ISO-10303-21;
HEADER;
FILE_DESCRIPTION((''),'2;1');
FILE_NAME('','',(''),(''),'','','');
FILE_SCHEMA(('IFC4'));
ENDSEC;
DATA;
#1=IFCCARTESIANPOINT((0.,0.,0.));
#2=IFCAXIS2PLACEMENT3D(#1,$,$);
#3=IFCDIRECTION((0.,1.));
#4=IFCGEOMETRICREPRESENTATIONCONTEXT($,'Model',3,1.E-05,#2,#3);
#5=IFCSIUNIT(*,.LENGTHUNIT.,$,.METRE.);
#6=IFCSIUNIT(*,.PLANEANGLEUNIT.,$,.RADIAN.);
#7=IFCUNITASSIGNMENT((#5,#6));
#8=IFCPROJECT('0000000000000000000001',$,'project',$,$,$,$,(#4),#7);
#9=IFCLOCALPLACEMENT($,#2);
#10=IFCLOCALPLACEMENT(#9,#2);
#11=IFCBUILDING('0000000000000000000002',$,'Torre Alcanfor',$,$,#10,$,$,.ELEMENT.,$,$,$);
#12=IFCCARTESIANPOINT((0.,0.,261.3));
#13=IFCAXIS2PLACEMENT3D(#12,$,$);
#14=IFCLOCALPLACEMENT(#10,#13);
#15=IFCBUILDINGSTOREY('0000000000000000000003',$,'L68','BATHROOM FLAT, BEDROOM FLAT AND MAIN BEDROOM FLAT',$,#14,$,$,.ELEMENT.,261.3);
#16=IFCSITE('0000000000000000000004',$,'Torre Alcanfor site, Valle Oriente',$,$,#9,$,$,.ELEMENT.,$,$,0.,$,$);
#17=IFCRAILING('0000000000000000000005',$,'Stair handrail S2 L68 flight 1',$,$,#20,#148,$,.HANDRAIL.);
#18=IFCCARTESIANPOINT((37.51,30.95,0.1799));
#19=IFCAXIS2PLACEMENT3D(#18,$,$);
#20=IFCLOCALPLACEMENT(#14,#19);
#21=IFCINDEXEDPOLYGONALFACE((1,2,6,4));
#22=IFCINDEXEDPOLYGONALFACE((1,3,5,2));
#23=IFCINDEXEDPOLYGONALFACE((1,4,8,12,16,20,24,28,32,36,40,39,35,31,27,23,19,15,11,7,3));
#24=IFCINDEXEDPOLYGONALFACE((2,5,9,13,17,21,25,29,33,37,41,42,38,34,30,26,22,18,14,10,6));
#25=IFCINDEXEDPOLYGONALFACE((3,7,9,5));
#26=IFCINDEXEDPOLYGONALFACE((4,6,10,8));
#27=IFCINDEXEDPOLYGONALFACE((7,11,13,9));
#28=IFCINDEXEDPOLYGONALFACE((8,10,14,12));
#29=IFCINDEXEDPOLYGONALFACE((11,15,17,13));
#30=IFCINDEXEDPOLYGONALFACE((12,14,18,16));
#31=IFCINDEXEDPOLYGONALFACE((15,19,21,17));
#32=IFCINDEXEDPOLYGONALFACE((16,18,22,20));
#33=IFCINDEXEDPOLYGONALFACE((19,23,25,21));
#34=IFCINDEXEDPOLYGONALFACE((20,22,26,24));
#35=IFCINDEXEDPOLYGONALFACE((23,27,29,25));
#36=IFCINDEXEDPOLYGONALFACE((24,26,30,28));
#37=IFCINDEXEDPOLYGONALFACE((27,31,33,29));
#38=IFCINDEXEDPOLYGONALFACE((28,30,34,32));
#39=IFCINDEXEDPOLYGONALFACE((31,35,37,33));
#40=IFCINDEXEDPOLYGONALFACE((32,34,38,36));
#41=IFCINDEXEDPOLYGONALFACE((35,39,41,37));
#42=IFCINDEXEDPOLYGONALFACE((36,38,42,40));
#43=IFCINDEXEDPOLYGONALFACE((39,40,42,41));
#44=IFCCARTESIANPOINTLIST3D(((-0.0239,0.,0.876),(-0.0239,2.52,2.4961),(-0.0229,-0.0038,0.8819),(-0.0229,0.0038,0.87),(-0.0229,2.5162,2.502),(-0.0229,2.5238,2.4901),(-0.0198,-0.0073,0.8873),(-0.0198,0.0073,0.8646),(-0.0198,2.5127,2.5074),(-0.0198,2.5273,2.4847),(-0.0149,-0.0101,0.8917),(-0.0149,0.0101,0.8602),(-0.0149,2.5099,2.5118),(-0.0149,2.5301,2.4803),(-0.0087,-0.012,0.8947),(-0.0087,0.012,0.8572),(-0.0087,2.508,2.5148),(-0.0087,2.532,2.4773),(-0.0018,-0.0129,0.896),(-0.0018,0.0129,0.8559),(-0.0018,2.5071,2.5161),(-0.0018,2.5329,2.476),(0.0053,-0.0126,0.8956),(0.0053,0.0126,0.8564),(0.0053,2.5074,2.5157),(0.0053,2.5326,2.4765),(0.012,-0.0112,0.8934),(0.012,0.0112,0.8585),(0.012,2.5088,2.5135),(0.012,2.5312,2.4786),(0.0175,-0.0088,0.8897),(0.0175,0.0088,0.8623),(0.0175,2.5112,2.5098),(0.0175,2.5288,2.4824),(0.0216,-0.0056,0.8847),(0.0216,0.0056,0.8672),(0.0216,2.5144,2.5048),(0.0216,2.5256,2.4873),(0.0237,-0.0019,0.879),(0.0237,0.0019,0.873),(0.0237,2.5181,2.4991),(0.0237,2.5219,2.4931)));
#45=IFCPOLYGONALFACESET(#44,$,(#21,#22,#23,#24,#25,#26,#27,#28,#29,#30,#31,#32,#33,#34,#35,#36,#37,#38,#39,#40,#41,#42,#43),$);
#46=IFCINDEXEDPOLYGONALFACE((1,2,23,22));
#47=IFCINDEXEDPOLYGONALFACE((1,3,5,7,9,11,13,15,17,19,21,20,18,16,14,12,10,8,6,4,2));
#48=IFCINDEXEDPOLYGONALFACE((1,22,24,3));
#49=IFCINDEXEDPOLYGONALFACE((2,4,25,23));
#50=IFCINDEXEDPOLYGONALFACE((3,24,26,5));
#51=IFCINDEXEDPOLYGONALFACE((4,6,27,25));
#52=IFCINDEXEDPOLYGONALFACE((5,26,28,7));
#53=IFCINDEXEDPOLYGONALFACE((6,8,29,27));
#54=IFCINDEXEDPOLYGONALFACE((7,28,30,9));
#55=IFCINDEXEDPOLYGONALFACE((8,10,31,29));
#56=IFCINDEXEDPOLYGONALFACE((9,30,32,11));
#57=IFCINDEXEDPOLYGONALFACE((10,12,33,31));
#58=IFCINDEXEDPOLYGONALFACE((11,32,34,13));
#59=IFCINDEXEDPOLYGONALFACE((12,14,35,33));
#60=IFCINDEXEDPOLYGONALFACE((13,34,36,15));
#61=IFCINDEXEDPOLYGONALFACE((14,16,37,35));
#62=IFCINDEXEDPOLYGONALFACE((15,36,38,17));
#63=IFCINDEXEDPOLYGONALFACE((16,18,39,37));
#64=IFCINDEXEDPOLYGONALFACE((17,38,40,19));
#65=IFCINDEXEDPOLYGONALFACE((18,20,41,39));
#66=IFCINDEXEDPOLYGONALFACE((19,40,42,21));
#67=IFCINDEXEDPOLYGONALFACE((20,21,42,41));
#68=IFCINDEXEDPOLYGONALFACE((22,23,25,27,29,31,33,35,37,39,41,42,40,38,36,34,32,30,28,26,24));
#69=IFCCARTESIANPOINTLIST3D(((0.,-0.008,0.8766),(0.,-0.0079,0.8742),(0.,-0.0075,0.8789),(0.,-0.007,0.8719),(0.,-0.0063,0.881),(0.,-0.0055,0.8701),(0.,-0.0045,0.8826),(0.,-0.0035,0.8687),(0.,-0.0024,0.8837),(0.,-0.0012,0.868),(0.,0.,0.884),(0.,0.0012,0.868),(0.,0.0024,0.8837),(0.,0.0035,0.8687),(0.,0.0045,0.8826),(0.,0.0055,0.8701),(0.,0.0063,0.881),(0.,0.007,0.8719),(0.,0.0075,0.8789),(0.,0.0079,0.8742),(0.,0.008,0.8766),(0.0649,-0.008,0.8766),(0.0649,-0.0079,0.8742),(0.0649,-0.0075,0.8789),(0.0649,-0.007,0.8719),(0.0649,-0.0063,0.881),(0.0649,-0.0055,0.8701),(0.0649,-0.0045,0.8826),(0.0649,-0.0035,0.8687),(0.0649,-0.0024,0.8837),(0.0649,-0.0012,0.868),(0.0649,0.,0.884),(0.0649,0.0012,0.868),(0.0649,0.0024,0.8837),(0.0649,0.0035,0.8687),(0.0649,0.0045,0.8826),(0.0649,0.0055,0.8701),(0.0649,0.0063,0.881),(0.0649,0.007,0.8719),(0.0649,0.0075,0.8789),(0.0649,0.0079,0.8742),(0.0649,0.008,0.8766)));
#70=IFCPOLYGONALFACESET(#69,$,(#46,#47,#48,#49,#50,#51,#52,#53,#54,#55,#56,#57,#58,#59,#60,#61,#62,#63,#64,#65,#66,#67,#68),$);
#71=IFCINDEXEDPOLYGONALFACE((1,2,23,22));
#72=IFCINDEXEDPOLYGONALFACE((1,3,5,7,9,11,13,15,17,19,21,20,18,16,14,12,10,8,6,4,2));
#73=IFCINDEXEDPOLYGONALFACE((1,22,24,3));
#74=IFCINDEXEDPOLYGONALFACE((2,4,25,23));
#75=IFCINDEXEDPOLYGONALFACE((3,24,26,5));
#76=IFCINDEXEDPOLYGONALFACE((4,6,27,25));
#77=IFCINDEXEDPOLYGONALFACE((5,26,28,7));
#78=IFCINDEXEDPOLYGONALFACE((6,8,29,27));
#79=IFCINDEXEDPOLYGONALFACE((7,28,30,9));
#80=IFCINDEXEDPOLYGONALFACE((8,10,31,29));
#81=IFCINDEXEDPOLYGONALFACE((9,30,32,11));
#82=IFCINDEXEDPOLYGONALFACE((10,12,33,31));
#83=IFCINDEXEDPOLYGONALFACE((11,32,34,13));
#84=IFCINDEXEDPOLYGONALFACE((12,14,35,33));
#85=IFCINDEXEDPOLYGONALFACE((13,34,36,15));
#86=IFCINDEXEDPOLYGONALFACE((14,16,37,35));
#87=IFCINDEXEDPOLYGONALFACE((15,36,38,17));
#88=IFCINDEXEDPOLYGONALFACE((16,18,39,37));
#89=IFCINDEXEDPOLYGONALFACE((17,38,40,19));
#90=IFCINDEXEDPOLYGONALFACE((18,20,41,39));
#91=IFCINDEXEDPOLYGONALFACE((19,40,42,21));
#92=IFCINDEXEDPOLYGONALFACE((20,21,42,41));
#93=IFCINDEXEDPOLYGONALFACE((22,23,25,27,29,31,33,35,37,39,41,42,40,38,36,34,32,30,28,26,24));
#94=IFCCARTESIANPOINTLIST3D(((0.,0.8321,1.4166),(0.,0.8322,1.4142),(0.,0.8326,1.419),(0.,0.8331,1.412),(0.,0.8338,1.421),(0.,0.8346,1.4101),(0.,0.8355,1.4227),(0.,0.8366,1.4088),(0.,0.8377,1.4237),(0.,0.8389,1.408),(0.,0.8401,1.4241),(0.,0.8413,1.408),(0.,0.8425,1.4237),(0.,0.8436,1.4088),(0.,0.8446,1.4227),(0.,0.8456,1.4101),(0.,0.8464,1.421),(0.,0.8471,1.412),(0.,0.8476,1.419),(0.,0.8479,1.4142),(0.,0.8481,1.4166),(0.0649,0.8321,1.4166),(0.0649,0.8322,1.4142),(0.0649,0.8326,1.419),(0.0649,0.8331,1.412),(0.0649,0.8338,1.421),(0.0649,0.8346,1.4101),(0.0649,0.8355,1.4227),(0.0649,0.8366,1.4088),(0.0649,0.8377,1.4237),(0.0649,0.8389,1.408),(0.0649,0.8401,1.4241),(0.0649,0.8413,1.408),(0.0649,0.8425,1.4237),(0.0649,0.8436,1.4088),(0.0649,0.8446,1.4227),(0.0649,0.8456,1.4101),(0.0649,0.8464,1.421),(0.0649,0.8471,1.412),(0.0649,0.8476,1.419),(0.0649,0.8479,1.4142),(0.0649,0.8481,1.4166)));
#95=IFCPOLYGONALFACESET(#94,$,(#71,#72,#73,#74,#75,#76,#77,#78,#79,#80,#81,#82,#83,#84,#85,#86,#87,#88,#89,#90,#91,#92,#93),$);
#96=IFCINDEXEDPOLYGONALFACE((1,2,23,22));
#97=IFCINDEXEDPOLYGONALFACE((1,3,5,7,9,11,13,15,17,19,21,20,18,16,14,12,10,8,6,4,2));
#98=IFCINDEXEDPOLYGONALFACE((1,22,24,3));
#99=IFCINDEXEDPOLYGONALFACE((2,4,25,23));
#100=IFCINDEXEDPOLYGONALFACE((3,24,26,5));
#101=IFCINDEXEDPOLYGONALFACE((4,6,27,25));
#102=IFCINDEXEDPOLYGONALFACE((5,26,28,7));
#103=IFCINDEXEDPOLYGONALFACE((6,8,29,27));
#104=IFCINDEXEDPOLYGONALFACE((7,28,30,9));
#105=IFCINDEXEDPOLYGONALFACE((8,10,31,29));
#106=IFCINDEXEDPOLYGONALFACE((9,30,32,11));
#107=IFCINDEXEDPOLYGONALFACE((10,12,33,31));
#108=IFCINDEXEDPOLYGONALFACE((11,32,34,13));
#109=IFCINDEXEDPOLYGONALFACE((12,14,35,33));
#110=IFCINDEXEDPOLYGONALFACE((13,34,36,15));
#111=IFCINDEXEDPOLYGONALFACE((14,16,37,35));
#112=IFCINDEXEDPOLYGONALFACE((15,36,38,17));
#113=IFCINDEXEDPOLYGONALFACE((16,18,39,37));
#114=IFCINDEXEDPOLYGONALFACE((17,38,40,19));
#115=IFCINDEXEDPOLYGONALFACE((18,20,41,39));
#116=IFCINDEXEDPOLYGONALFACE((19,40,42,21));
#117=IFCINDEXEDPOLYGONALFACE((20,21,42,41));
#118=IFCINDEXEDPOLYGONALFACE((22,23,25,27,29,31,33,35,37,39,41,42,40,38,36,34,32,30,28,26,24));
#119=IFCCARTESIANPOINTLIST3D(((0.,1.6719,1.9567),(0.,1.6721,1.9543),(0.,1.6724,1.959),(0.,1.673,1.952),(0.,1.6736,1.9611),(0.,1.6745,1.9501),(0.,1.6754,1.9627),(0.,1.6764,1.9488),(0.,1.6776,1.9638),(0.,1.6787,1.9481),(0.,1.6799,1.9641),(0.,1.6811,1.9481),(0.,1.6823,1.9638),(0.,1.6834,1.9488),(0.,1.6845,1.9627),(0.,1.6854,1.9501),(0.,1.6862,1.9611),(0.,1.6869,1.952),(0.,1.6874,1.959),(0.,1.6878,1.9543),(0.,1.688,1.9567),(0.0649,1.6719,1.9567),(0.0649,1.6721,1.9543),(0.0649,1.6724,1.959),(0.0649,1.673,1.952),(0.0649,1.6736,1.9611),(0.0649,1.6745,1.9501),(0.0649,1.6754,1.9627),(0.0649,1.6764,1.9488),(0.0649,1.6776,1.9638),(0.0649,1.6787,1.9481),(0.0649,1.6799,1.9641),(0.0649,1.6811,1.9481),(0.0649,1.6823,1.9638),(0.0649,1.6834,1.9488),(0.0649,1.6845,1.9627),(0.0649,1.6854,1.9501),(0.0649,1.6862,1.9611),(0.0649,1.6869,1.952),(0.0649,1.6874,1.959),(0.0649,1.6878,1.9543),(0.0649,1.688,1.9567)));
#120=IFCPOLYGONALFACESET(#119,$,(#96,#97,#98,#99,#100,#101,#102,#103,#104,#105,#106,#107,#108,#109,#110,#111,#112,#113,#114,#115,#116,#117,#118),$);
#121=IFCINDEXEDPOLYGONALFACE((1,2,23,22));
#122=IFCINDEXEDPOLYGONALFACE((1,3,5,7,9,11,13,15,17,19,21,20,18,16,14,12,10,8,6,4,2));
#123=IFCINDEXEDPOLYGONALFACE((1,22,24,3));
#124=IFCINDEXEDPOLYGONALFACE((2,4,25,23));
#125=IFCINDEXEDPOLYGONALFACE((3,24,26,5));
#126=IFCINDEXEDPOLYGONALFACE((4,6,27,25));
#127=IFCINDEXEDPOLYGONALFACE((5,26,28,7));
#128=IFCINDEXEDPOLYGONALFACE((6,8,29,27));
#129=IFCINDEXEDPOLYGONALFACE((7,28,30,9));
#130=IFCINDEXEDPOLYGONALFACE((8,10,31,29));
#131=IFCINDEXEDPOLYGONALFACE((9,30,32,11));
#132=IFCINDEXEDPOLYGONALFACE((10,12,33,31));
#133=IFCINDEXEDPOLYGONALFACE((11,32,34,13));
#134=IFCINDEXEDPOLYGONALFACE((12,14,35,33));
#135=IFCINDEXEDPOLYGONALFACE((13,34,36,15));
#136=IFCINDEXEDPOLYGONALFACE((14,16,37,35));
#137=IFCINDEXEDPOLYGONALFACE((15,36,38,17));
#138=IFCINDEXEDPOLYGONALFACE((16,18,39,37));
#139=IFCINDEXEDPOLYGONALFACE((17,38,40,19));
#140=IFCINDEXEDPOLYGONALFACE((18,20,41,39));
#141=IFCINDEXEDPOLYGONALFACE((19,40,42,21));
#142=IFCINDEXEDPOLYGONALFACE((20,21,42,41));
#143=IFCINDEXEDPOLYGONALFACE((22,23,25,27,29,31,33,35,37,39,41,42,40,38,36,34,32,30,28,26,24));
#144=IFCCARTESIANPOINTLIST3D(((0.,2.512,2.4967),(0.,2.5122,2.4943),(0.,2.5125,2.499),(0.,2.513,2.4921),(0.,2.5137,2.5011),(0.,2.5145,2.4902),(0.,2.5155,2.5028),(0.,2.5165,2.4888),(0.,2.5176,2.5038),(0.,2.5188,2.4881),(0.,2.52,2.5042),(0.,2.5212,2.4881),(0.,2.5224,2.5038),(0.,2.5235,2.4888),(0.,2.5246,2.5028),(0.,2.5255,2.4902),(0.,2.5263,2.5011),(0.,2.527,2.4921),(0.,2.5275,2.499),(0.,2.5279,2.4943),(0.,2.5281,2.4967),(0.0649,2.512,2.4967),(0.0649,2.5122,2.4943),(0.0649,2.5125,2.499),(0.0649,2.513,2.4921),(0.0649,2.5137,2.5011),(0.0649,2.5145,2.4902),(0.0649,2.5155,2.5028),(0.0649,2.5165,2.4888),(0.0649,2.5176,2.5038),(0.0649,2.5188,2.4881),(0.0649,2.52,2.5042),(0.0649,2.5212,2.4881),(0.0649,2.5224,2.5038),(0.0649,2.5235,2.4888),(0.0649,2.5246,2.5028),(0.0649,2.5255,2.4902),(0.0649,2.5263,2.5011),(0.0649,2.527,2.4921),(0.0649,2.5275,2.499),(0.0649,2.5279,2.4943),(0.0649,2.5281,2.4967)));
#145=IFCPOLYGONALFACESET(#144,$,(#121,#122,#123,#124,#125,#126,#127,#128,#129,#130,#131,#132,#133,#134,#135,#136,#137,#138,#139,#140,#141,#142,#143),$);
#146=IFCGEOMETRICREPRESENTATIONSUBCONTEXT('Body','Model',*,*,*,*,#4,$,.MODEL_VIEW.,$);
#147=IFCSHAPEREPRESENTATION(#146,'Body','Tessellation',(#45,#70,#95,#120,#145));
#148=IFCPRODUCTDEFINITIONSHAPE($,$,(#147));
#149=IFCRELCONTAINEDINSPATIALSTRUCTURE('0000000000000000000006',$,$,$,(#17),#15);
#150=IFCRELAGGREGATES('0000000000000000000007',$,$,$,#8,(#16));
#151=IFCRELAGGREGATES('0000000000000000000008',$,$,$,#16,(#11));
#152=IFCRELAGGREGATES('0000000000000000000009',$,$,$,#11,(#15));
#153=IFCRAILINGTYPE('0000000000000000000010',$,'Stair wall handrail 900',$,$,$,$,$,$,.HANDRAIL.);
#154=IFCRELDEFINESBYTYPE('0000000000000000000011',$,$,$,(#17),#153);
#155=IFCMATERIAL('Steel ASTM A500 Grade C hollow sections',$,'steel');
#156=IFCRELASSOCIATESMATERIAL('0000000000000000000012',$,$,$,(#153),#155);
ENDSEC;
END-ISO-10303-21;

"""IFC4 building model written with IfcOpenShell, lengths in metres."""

from ifc_helpers import new_model, si_unit, direction, frame, origin, origin_2d, place, context, subcontext, project, spatial, circle, extrude, material, type_object, element, save


model = new_model("IFC4")

# Units and contexts
model_context = context("Model", 3, precision=1e-05, world=origin(), true_north=direction((0.0, 1.0)))
body_context = subcontext(model_context, "Body", "Model", "MODEL_VIEW")
ifc_project = project(units=[si_unit("LENGTHUNIT", "METRE"), si_unit("PLANEANGLEUNIT", "RADIAN")], contexts=[model_context])

# Site, building, storey
site_placement = place(None, origin())
site = spatial("IfcSite", under=ifc_project, at=site_placement, Name="Torre Alcanfor site, Valle Oriente", CompositionType="ELEMENT", RefElevation=0.0)
building_placement = place(site_placement, origin())
building = spatial("IfcBuilding", under=site, at=building_placement, Name="Torre Alcanfor", CompositionType="ELEMENT")
storey_placement = place(building_placement, frame((0.0, 0.0, 261.3)))
storey = spatial("IfcBuildingStorey", under=building, at=storey_placement, Name="L68", Description="BATHROOM FLAT, BEDROOM FLAT AND MAIN BEDROOM FLAT", CompositionType="ELEMENT", Elevation=261.3)

# Railing
ifc_material_1 = material(Name="Steel ASTM A500 Grade C hollow sections", Category="steel")
railing_type_1 = type_object("IfcRailingType", Name="Stair wall handrail 900", PredefinedType="HANDRAIL", material=ifc_material_1)
railing_1_placement = place(storey_placement, frame((37.51, 30.95, 0.1799)))
element("IfcRailing", 1, at=railing_1_placement, inside=storey, type_object=railing_type_1, Name="Stair handrail S2 L68 flight 1", PredefinedType="HANDRAIL", context=body_context, shape_type="SweptSolid", body=[
    extrude(circle(Radius=0.0239, at=origin_2d()), frame((0.0, 0.0, 0.876), z_axis=(0.0, 0.841163, 0.540782), x_axis=(-1.0, 0.0, 0.0)), (0.0, 0.0, 1.0), 2.9958),
    extrude(circle(Radius=0.0081, at=origin_2d()), frame((0.0, 0.0, 0.876), z_axis=(1.0, 0.0, 0.0), x_axis=(0.0, 0.0, 1.0)), (0.0, 0.0, 1.0), 0.0649),
    extrude(circle(Radius=0.0081, at=origin_2d()), frame((0.0, 0.8401, 1.416), z_axis=(1.0, 0.0, 0.0), x_axis=(0.0, 0.0, 1.0)), (0.0, 0.0, 1.0), 0.0649),
    extrude(circle(Radius=0.0081, at=origin_2d()), frame((0.0, 1.6799, 1.9561), z_axis=(1.0, 0.0, 0.0), x_axis=(0.0, 0.0, 1.0)), (0.0, 0.0, 1.0), 0.0649),
    extrude(circle(Radius=0.0081, at=origin_2d()), frame((0.0, 2.52, 2.4961), z_axis=(1.0, 0.0, 0.0), x_axis=(0.0, 0.0, 1.0)), (0.0, 0.0, 1.0), 0.0649),
])

save(model, "model.ifc")
